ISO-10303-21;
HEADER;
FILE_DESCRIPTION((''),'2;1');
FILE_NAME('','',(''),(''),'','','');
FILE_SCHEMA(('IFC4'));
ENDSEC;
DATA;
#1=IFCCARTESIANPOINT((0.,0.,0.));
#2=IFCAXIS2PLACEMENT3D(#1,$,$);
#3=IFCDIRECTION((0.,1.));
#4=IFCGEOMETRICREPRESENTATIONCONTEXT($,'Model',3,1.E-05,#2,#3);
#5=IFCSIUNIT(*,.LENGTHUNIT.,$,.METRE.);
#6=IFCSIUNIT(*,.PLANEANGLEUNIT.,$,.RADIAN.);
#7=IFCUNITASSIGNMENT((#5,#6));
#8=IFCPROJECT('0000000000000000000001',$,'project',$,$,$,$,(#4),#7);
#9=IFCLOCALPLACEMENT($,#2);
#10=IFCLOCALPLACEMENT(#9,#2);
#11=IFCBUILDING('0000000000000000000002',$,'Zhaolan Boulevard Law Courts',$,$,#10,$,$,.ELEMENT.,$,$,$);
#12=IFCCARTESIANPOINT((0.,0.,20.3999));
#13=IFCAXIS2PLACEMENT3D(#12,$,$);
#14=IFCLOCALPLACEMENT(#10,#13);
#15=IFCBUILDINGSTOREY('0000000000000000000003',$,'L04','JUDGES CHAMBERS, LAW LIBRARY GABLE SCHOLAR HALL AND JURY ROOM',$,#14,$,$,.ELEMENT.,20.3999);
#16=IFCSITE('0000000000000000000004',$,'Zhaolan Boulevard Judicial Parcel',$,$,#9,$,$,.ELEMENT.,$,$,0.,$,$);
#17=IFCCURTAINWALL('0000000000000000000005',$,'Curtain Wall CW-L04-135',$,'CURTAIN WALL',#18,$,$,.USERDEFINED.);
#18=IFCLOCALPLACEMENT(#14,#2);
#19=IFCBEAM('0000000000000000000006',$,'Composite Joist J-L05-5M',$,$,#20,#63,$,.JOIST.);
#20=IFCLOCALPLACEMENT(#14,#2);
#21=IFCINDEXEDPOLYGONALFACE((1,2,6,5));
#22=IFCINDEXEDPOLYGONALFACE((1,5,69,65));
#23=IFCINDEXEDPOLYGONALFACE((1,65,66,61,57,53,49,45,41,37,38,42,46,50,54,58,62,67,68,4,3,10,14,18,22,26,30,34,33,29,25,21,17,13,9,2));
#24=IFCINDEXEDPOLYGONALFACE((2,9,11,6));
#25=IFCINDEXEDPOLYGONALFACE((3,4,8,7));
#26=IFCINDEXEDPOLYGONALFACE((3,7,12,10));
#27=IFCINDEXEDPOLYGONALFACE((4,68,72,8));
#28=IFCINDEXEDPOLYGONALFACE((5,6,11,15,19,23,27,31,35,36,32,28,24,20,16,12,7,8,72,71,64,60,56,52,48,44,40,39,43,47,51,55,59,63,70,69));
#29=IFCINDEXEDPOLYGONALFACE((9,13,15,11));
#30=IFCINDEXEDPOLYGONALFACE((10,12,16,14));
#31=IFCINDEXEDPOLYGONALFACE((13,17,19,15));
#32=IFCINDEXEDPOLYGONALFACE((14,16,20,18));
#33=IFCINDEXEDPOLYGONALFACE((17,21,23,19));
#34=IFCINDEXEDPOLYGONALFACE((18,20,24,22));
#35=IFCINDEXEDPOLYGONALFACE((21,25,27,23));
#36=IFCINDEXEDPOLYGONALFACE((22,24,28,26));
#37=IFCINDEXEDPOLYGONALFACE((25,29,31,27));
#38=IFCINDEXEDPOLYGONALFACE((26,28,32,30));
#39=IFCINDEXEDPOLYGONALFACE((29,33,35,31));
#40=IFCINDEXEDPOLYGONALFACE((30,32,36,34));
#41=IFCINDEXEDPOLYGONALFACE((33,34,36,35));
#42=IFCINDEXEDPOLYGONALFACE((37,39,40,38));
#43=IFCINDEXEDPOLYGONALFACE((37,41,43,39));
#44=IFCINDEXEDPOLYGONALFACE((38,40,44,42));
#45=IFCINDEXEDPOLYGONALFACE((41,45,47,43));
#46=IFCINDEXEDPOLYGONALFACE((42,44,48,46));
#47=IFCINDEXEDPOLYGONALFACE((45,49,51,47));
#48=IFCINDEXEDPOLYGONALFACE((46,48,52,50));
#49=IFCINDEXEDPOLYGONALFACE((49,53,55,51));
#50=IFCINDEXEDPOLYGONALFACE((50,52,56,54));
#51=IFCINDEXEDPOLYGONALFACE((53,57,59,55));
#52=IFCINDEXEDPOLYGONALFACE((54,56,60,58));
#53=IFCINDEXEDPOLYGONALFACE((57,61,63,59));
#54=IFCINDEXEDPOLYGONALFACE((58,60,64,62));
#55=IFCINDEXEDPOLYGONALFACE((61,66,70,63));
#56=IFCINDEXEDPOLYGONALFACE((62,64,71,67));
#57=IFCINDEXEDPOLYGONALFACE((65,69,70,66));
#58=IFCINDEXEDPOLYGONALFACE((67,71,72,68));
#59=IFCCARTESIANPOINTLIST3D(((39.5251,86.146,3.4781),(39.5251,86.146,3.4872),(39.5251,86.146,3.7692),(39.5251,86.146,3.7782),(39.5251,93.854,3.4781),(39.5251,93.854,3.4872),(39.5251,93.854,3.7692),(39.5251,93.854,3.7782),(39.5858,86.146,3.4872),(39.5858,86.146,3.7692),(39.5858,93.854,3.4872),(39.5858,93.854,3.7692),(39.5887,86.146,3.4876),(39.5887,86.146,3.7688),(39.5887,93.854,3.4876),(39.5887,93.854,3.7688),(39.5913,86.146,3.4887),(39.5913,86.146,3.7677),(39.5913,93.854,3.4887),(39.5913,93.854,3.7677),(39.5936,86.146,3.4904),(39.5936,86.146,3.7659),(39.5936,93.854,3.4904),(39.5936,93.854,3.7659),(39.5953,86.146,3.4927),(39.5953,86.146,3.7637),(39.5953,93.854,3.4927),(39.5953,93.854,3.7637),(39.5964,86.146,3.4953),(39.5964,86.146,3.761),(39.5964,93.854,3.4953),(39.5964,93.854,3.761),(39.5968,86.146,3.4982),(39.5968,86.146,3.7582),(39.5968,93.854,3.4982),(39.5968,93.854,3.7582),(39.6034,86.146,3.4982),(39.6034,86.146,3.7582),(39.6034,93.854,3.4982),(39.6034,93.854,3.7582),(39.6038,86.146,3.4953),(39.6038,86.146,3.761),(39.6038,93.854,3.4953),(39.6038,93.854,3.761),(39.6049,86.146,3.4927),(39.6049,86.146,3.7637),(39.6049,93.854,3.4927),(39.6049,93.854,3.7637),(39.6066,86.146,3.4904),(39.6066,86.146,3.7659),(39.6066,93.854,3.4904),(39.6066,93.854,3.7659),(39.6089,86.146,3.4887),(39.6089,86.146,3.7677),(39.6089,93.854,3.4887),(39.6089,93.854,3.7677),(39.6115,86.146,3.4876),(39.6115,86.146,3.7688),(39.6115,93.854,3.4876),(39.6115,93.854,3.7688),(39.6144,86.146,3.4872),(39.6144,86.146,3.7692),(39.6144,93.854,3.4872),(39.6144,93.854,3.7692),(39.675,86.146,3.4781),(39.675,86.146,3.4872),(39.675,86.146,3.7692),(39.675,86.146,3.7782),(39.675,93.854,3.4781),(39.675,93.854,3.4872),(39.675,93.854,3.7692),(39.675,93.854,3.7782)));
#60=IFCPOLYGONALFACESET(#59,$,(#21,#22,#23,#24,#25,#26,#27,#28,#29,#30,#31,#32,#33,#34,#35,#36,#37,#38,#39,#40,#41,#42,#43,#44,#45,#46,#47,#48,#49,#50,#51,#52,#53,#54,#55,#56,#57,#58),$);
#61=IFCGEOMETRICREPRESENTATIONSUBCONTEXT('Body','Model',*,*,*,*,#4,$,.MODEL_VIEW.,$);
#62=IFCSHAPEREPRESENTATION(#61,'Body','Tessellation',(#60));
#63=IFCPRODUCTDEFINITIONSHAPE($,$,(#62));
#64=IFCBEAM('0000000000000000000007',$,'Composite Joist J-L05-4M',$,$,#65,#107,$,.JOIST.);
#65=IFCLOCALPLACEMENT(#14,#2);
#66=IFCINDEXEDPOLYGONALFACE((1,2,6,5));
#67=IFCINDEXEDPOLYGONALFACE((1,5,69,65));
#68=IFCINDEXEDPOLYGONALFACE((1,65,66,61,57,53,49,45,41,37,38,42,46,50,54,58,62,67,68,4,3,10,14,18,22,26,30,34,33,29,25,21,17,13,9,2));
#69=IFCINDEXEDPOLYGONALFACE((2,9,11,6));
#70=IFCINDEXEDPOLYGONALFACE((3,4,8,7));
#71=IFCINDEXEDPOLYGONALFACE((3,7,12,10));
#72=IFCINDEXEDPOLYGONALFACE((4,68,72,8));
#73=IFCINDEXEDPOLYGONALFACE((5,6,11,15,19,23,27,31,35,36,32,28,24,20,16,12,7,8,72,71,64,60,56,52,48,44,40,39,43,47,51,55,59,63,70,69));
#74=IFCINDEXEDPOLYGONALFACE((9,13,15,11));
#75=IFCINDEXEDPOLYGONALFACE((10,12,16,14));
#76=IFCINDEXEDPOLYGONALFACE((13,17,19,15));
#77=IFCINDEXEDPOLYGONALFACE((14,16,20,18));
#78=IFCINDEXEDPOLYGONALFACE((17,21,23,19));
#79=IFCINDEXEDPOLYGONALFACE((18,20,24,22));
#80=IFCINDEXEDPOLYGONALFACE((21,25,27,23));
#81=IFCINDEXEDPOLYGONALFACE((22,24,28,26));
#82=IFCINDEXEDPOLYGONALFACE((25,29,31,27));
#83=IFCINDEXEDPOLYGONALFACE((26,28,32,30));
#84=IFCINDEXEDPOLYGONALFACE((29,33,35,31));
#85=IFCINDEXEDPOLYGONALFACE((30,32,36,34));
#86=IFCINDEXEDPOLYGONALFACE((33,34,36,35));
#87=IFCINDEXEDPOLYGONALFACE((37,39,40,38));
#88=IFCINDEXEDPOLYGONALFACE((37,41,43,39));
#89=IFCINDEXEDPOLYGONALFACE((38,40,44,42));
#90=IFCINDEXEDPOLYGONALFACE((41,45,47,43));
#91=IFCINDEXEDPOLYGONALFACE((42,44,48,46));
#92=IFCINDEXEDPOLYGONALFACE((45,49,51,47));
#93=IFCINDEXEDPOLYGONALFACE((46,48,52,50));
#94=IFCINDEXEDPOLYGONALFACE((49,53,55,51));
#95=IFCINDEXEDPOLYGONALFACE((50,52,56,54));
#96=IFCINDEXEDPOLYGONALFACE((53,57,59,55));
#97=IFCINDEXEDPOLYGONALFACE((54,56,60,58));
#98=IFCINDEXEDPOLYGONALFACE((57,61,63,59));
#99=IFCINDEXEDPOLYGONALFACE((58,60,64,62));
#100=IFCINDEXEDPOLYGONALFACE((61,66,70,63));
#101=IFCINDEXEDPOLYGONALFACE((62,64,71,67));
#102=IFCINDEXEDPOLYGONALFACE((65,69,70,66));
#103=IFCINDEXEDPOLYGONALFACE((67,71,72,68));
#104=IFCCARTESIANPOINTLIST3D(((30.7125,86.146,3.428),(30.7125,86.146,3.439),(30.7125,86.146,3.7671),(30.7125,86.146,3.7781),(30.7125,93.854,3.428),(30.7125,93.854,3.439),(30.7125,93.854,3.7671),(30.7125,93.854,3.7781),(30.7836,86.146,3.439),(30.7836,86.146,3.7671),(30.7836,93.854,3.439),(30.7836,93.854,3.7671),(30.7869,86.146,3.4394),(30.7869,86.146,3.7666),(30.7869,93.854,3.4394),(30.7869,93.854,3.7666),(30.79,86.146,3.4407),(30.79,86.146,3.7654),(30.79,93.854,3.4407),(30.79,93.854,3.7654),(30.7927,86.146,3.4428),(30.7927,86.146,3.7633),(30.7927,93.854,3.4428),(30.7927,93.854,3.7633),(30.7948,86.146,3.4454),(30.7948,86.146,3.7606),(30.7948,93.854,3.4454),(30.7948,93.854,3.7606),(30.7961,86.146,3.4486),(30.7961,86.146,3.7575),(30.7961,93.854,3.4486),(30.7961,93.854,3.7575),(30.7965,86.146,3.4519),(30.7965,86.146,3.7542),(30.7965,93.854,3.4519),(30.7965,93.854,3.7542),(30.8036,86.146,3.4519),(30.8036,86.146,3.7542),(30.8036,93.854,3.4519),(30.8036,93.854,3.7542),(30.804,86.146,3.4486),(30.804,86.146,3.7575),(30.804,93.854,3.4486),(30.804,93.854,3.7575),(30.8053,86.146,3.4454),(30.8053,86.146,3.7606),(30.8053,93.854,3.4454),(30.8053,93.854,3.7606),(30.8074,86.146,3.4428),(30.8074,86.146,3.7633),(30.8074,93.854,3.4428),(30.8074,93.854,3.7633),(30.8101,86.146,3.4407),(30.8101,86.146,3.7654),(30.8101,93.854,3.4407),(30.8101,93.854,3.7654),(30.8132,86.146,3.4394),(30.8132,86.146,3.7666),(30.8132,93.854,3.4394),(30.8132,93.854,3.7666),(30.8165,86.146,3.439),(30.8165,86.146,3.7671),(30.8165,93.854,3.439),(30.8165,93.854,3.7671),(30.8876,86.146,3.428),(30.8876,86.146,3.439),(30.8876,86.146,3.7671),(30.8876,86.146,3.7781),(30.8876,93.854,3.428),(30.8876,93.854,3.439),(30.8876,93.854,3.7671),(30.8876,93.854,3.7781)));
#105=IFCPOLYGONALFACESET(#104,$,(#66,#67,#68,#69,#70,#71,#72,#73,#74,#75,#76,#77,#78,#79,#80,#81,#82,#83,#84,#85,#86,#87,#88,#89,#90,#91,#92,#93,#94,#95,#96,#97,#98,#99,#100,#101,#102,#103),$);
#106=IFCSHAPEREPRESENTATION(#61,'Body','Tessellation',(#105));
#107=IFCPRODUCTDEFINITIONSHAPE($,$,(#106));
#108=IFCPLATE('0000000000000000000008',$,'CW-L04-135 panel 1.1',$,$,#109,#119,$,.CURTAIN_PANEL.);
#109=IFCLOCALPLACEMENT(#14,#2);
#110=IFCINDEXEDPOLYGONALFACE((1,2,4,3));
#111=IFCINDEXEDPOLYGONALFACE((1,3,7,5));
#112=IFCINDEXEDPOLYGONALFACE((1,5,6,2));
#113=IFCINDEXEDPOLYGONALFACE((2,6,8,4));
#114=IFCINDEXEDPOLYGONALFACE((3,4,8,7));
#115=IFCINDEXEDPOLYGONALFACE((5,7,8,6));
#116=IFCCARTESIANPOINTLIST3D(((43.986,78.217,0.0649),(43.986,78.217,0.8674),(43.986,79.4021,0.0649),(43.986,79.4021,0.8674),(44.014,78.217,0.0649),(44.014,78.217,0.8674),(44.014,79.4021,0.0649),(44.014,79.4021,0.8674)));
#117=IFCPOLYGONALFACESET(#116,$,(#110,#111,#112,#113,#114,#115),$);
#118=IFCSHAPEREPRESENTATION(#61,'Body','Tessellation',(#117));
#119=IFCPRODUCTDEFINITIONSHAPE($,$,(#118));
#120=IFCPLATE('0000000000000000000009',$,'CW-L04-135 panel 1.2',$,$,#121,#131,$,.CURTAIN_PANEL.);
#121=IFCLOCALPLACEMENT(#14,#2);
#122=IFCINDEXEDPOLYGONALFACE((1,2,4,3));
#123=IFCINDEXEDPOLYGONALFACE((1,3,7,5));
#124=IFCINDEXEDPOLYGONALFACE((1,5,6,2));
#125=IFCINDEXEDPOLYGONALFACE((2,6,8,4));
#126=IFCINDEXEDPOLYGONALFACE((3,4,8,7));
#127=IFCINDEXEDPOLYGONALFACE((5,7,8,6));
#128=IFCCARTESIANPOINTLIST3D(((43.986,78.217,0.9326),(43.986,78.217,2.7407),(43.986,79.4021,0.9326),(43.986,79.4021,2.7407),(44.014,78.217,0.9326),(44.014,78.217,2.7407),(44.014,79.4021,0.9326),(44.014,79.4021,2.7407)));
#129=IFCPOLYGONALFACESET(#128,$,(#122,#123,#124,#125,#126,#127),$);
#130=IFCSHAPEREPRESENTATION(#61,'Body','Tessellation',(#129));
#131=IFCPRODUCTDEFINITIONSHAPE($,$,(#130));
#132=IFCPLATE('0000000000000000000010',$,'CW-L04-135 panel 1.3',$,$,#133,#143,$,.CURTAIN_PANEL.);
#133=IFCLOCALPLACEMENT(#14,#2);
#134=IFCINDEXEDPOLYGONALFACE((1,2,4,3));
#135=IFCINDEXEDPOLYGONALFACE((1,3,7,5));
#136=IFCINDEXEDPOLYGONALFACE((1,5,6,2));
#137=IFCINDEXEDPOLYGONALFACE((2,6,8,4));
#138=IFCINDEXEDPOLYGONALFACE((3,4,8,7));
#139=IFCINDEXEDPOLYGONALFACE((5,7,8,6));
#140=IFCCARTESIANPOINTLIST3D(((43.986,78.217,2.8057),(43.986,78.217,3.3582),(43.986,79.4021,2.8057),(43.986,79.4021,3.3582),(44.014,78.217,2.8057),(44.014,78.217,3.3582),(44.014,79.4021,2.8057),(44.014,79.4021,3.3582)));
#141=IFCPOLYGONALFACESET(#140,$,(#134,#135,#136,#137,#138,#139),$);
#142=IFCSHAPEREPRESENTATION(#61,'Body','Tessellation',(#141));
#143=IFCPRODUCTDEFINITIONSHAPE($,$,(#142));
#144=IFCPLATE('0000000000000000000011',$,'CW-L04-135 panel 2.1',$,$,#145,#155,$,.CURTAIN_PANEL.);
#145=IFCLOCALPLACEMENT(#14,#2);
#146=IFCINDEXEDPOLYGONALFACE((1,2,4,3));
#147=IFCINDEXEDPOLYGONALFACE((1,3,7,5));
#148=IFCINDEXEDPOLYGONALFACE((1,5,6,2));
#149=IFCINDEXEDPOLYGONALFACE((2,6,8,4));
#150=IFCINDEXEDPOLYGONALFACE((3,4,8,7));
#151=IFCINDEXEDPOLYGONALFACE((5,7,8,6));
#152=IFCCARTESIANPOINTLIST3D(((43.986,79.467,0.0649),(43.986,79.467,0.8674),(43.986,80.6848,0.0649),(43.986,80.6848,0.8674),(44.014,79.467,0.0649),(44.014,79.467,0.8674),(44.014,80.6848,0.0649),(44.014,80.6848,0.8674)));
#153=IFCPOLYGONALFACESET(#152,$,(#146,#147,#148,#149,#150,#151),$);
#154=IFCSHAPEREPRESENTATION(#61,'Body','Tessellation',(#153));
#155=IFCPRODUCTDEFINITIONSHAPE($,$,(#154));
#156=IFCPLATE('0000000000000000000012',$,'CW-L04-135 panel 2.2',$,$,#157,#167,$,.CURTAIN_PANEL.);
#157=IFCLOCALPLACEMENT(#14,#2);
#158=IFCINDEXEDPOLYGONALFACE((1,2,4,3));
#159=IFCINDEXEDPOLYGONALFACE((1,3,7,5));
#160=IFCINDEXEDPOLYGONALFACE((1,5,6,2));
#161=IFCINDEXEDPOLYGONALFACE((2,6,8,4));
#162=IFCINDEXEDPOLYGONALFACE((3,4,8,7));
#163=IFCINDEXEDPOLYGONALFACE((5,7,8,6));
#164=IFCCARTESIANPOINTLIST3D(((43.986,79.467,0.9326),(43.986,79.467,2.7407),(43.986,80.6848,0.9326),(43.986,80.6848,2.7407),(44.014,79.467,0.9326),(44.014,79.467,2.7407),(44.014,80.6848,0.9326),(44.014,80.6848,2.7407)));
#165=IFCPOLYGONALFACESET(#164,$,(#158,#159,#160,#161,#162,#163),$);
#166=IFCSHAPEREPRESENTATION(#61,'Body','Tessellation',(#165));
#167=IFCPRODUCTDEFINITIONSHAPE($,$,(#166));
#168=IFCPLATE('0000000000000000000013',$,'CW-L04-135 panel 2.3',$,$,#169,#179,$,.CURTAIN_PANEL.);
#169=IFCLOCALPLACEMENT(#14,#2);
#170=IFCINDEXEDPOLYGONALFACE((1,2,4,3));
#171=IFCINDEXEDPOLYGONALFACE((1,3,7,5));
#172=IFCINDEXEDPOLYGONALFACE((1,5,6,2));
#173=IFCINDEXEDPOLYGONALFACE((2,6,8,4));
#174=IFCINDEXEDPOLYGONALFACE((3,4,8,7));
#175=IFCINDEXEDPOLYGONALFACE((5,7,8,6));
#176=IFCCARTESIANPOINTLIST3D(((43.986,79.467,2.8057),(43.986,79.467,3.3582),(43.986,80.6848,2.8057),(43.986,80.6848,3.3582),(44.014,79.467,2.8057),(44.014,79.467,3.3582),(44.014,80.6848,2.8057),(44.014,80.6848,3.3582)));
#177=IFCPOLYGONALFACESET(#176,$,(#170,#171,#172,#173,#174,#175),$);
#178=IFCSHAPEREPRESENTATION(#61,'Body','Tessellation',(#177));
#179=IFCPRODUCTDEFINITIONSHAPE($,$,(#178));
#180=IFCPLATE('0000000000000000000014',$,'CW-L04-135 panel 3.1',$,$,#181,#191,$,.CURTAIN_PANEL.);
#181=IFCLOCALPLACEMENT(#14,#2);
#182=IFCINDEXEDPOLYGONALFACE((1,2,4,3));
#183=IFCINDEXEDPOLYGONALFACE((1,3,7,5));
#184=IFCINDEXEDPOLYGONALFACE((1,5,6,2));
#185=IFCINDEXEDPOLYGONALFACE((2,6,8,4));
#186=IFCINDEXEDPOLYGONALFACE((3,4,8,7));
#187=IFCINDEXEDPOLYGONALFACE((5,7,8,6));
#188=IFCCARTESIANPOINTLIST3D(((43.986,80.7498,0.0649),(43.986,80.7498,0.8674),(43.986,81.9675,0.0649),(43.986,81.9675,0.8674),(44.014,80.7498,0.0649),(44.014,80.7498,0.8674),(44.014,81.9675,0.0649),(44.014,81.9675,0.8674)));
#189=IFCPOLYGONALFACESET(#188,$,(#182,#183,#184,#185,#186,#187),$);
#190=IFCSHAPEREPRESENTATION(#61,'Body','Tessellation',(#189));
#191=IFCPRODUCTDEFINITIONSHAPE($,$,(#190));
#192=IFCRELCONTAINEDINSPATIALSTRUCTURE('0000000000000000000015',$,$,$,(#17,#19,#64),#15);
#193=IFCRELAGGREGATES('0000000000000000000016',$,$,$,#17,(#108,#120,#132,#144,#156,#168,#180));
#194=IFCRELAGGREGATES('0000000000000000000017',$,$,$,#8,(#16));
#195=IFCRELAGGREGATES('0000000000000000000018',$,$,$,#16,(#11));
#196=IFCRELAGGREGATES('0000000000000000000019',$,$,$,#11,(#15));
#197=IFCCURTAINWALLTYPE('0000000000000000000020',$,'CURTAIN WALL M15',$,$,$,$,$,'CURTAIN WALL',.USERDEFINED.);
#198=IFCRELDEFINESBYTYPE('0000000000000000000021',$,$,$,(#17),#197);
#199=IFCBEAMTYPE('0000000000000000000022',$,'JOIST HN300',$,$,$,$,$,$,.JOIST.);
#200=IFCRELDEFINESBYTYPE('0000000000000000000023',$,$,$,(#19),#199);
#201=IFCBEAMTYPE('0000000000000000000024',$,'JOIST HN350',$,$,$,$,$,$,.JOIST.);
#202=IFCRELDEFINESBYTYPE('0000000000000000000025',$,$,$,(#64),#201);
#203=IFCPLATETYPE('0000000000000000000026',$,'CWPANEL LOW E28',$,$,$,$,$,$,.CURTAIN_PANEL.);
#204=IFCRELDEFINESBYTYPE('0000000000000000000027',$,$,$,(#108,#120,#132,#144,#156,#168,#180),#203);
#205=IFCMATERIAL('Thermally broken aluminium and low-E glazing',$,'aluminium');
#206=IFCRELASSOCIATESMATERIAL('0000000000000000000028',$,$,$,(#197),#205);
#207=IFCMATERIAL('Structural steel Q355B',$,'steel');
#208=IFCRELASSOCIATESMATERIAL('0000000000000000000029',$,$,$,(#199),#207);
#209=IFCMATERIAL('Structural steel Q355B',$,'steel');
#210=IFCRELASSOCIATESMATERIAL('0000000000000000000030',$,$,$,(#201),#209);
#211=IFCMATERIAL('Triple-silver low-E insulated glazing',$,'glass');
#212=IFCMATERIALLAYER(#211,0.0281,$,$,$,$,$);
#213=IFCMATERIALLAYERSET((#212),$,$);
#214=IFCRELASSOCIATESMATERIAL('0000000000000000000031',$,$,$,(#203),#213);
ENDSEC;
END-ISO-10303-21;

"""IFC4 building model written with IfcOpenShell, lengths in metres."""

from ifc_helpers import new_model, si_unit, direction, frame, origin, origin_2d, place, context, subcontext, project, spatial, rectangle, i_section, extrude, material, layer, layer_set, material_profile, profile_set, type_object, element, aggregate, save


model = new_model("IFC4")

# Units and contexts
model_context = context("Model", 3, precision=1e-05, world=origin(), true_north=direction((0.0, 1.0)))
body_context = subcontext(model_context, "Body", "Model", "MODEL_VIEW")
ifc_project = project(units=[si_unit("LENGTHUNIT", "METRE"), si_unit("PLANEANGLEUNIT", "RADIAN")], contexts=[model_context])

# Site, building, storey
site_placement = place(None, origin())
site = spatial("IfcSite", under=ifc_project, at=site_placement, Name="Zhaolan Boulevard Judicial Parcel", CompositionType="ELEMENT", RefElevation=0.0)
building_placement = place(site_placement, origin())
building = spatial("IfcBuilding", under=site, at=building_placement, Name="Zhaolan Boulevard Law Courts", CompositionType="ELEMENT")
storey_placement = place(building_placement, frame((0.0, 0.0, 20.3999)))
storey = spatial("IfcBuildingStorey", under=building, at=storey_placement, Name="L04", Description="JUDGES CHAMBERS, LAW LIBRARY GABLE SCHOLAR HALL AND JURY ROOM", CompositionType="ELEMENT", Elevation=20.3999)

# Curtain wall
ifc_material_1 = material(Name="Thermally broken aluminium and low-E glazing", Category="aluminium")
curtain_wall_type = type_object("IfcCurtainWallType", Name="CURTAIN WALL M15", ElementType="CURTAIN WALL", PredefinedType="USERDEFINED", material=ifc_material_1)
curtain_wall_placement = place(storey_placement, origin())
curtain_wall = element("IfcCurtainWall", 1, at=curtain_wall_placement, inside=storey, type_object=curtain_wall_type, Name="Curtain Wall CW-L04-135", ObjectType="CURTAIN WALL", PredefinedType="USERDEFINED")

# Beams
ifc_material_2 = material(Name="Structural steel Q355B", Category="steel")
ifc_material_profile_1 = material_profile(ifc_material_2, i_section(OverallWidth=0.1499, OverallDepth=0.3, WebThickness=0.0066, FlangeThickness=0.009, FilletRadius=0.011, at=origin_2d()), Name="HN300x150")
ifc_profile_set_1 = profile_set([ifc_material_profile_1], Name="Structural steel Q355B")
beam_type_1 = type_object("IfcBeamType", Name="JOIST HN300", PredefinedType="JOIST", material=ifc_profile_set_1)
beam_1_placement = place(storey_placement, frame((39.6001, 86.146, 3.6282), z_axis=(0.0, 1.0, 0.0), x_axis=(-1.0, 0.0, 0.0)))
element("IfcBeam", 2, at=beam_1_placement, inside=storey, type_object=beam_type_1, Name="Composite Joist J-L05-5M", PredefinedType="JOIST", context=body_context, shape_type="SweptSolid", body=[
    extrude(i_section(OverallWidth=0.1499, OverallDepth=0.3, WebThickness=0.0066, FlangeThickness=0.009, FilletRadius=0.011, at=origin_2d()), origin(), (0.0, 0.0, 1.0), 7.708),
])
ifc_material_3 = material(Name="Structural steel Q355B", Category="steel")
ifc_material_profile_2 = material_profile(ifc_material_3, i_section(OverallWidth=0.175, OverallDepth=0.3501, WebThickness=0.0071, FlangeThickness=0.011, FilletRadius=0.0129, at=origin_2d()), Name="HN350x175")
ifc_profile_set_2 = profile_set([ifc_material_profile_2], Name="Structural steel Q355B")
beam_type_2 = type_object("IfcBeamType", Name="JOIST HN350", PredefinedType="JOIST", material=ifc_profile_set_2)
beam_2_placement = place(storey_placement, frame((30.8, 86.146, 3.603), z_axis=(0.0, 1.0, 0.0), x_axis=(-1.0, 0.0, 0.0)))
element("IfcBeam", 3, at=beam_2_placement, inside=storey, type_object=beam_type_2, Name="Composite Joist J-L05-4M", PredefinedType="JOIST", context=body_context, shape_type="SweptSolid", body=[
    extrude(i_section(OverallWidth=0.175, OverallDepth=0.3501, WebThickness=0.0071, FlangeThickness=0.011, FilletRadius=0.0129, at=origin_2d()), origin(), (0.0, 0.0, 1.0), 7.708),
])

# Plates
ifc_material_4 = material(Name="Triple-silver low-E insulated glazing", Category="glass")
ifc_layer_1 = layer(ifc_material_4, 0.0281)
ifc_layer_set_1 = layer_set([ifc_layer_1])
plate_type = type_object("IfcPlateType", Name="CWPANEL LOW E28", PredefinedType="CURTAIN_PANEL", material=ifc_layer_set_1)
plate_1_placement = place(storey_placement, frame((44.0, 78.8096, 0.0649), z_axis=(0.0, 0.0, 1.0), x_axis=(0.0, 1.0, 0.0)))
plate_1 = element("IfcPlate", 4, at=plate_1_placement, type_object=plate_type, Name="CW-L04-135 panel 1.1", PredefinedType="CURTAIN_PANEL", context=body_context, shape_type="SweptSolid", body=[
    extrude(rectangle(XDim=1.1851, YDim=0.0281, at=origin_2d()), origin(), (0.0, 0.0, 1.0), 0.8025),
])
plate_2_placement = place(storey_placement, frame((44.0, 78.8096, 0.9326), z_axis=(0.0, 0.0, 1.0), x_axis=(0.0, 1.0, 0.0)))
plate_2 = element("IfcPlate", 5, at=plate_2_placement, type_object=plate_type, Name="CW-L04-135 panel 1.2", PredefinedType="CURTAIN_PANEL", context=body_context, shape_type="SweptSolid", body=[
    extrude(rectangle(XDim=1.1851, YDim=0.0281, at=origin_2d()), origin(), (0.0, 0.0, 1.0), 1.8081),
])
plate_3_placement = place(storey_placement, frame((44.0, 78.8096, 2.8057), z_axis=(0.0, 0.0, 1.0), x_axis=(0.0, 1.0, 0.0)))
plate_3 = element("IfcPlate", 6, at=plate_3_placement, type_object=plate_type, Name="CW-L04-135 panel 1.3", PredefinedType="CURTAIN_PANEL", context=body_context, shape_type="SweptSolid", body=[
    extrude(rectangle(XDim=1.1851, YDim=0.0281, at=origin_2d()), origin(), (0.0, 0.0, 1.0), 0.5525),
])
plate_4_placement = place(storey_placement, frame((44.0, 80.0759, 0.0649), z_axis=(0.0, 0.0, 1.0), x_axis=(0.0, 1.0, 0.0)))
plate_4 = element("IfcPlate", 7, at=plate_4_placement, type_object=plate_type, Name="CW-L04-135 panel 2.1", PredefinedType="CURTAIN_PANEL", context=body_context, shape_type="SweptSolid", body=[
    extrude(rectangle(XDim=1.2178, YDim=0.0281, at=origin_2d()), origin(), (0.0, 0.0, 1.0), 0.8025),
])
plate_5_placement = place(storey_placement, frame((44.0, 80.0759, 0.9326), z_axis=(0.0, 0.0, 1.0), x_axis=(0.0, 1.0, 0.0)))
plate_5 = element("IfcPlate", 8, at=plate_5_placement, type_object=plate_type, Name="CW-L04-135 panel 2.2", PredefinedType="CURTAIN_PANEL", context=body_context, shape_type="SweptSolid", body=[
    extrude(rectangle(XDim=1.2178, YDim=0.0281, at=origin_2d()), origin(), (0.0, 0.0, 1.0), 1.8081),
])
plate_6_placement = place(storey_placement, frame((44.0, 80.0759, 2.8057), z_axis=(0.0, 0.0, 1.0), x_axis=(0.0, 1.0, 0.0)))
plate_6 = element("IfcPlate", 9, at=plate_6_placement, type_object=plate_type, Name="CW-L04-135 panel 2.3", PredefinedType="CURTAIN_PANEL", context=body_context, shape_type="SweptSolid", body=[
    extrude(rectangle(XDim=1.2178, YDim=0.0281, at=origin_2d()), origin(), (0.0, 0.0, 1.0), 0.5525),
])
plate_7_placement = place(storey_placement, frame((44.0, 81.3586, 0.0649), z_axis=(0.0, 0.0, 1.0), x_axis=(0.0, 1.0, 0.0)))
plate_7 = element("IfcPlate", 10, at=plate_7_placement, type_object=plate_type, Name="CW-L04-135 panel 3.1", PredefinedType="CURTAIN_PANEL", context=body_context, shape_type="SweptSolid", body=[
    extrude(rectangle(XDim=1.2178, YDim=0.0281, at=origin_2d()), origin(), (0.0, 0.0, 1.0), 0.8025),
])
aggregate(curtain_wall, [plate_1, plate_2, plate_3, plate_4, plate_5, plate_6, plate_7])

save(model, "model.ifc")
